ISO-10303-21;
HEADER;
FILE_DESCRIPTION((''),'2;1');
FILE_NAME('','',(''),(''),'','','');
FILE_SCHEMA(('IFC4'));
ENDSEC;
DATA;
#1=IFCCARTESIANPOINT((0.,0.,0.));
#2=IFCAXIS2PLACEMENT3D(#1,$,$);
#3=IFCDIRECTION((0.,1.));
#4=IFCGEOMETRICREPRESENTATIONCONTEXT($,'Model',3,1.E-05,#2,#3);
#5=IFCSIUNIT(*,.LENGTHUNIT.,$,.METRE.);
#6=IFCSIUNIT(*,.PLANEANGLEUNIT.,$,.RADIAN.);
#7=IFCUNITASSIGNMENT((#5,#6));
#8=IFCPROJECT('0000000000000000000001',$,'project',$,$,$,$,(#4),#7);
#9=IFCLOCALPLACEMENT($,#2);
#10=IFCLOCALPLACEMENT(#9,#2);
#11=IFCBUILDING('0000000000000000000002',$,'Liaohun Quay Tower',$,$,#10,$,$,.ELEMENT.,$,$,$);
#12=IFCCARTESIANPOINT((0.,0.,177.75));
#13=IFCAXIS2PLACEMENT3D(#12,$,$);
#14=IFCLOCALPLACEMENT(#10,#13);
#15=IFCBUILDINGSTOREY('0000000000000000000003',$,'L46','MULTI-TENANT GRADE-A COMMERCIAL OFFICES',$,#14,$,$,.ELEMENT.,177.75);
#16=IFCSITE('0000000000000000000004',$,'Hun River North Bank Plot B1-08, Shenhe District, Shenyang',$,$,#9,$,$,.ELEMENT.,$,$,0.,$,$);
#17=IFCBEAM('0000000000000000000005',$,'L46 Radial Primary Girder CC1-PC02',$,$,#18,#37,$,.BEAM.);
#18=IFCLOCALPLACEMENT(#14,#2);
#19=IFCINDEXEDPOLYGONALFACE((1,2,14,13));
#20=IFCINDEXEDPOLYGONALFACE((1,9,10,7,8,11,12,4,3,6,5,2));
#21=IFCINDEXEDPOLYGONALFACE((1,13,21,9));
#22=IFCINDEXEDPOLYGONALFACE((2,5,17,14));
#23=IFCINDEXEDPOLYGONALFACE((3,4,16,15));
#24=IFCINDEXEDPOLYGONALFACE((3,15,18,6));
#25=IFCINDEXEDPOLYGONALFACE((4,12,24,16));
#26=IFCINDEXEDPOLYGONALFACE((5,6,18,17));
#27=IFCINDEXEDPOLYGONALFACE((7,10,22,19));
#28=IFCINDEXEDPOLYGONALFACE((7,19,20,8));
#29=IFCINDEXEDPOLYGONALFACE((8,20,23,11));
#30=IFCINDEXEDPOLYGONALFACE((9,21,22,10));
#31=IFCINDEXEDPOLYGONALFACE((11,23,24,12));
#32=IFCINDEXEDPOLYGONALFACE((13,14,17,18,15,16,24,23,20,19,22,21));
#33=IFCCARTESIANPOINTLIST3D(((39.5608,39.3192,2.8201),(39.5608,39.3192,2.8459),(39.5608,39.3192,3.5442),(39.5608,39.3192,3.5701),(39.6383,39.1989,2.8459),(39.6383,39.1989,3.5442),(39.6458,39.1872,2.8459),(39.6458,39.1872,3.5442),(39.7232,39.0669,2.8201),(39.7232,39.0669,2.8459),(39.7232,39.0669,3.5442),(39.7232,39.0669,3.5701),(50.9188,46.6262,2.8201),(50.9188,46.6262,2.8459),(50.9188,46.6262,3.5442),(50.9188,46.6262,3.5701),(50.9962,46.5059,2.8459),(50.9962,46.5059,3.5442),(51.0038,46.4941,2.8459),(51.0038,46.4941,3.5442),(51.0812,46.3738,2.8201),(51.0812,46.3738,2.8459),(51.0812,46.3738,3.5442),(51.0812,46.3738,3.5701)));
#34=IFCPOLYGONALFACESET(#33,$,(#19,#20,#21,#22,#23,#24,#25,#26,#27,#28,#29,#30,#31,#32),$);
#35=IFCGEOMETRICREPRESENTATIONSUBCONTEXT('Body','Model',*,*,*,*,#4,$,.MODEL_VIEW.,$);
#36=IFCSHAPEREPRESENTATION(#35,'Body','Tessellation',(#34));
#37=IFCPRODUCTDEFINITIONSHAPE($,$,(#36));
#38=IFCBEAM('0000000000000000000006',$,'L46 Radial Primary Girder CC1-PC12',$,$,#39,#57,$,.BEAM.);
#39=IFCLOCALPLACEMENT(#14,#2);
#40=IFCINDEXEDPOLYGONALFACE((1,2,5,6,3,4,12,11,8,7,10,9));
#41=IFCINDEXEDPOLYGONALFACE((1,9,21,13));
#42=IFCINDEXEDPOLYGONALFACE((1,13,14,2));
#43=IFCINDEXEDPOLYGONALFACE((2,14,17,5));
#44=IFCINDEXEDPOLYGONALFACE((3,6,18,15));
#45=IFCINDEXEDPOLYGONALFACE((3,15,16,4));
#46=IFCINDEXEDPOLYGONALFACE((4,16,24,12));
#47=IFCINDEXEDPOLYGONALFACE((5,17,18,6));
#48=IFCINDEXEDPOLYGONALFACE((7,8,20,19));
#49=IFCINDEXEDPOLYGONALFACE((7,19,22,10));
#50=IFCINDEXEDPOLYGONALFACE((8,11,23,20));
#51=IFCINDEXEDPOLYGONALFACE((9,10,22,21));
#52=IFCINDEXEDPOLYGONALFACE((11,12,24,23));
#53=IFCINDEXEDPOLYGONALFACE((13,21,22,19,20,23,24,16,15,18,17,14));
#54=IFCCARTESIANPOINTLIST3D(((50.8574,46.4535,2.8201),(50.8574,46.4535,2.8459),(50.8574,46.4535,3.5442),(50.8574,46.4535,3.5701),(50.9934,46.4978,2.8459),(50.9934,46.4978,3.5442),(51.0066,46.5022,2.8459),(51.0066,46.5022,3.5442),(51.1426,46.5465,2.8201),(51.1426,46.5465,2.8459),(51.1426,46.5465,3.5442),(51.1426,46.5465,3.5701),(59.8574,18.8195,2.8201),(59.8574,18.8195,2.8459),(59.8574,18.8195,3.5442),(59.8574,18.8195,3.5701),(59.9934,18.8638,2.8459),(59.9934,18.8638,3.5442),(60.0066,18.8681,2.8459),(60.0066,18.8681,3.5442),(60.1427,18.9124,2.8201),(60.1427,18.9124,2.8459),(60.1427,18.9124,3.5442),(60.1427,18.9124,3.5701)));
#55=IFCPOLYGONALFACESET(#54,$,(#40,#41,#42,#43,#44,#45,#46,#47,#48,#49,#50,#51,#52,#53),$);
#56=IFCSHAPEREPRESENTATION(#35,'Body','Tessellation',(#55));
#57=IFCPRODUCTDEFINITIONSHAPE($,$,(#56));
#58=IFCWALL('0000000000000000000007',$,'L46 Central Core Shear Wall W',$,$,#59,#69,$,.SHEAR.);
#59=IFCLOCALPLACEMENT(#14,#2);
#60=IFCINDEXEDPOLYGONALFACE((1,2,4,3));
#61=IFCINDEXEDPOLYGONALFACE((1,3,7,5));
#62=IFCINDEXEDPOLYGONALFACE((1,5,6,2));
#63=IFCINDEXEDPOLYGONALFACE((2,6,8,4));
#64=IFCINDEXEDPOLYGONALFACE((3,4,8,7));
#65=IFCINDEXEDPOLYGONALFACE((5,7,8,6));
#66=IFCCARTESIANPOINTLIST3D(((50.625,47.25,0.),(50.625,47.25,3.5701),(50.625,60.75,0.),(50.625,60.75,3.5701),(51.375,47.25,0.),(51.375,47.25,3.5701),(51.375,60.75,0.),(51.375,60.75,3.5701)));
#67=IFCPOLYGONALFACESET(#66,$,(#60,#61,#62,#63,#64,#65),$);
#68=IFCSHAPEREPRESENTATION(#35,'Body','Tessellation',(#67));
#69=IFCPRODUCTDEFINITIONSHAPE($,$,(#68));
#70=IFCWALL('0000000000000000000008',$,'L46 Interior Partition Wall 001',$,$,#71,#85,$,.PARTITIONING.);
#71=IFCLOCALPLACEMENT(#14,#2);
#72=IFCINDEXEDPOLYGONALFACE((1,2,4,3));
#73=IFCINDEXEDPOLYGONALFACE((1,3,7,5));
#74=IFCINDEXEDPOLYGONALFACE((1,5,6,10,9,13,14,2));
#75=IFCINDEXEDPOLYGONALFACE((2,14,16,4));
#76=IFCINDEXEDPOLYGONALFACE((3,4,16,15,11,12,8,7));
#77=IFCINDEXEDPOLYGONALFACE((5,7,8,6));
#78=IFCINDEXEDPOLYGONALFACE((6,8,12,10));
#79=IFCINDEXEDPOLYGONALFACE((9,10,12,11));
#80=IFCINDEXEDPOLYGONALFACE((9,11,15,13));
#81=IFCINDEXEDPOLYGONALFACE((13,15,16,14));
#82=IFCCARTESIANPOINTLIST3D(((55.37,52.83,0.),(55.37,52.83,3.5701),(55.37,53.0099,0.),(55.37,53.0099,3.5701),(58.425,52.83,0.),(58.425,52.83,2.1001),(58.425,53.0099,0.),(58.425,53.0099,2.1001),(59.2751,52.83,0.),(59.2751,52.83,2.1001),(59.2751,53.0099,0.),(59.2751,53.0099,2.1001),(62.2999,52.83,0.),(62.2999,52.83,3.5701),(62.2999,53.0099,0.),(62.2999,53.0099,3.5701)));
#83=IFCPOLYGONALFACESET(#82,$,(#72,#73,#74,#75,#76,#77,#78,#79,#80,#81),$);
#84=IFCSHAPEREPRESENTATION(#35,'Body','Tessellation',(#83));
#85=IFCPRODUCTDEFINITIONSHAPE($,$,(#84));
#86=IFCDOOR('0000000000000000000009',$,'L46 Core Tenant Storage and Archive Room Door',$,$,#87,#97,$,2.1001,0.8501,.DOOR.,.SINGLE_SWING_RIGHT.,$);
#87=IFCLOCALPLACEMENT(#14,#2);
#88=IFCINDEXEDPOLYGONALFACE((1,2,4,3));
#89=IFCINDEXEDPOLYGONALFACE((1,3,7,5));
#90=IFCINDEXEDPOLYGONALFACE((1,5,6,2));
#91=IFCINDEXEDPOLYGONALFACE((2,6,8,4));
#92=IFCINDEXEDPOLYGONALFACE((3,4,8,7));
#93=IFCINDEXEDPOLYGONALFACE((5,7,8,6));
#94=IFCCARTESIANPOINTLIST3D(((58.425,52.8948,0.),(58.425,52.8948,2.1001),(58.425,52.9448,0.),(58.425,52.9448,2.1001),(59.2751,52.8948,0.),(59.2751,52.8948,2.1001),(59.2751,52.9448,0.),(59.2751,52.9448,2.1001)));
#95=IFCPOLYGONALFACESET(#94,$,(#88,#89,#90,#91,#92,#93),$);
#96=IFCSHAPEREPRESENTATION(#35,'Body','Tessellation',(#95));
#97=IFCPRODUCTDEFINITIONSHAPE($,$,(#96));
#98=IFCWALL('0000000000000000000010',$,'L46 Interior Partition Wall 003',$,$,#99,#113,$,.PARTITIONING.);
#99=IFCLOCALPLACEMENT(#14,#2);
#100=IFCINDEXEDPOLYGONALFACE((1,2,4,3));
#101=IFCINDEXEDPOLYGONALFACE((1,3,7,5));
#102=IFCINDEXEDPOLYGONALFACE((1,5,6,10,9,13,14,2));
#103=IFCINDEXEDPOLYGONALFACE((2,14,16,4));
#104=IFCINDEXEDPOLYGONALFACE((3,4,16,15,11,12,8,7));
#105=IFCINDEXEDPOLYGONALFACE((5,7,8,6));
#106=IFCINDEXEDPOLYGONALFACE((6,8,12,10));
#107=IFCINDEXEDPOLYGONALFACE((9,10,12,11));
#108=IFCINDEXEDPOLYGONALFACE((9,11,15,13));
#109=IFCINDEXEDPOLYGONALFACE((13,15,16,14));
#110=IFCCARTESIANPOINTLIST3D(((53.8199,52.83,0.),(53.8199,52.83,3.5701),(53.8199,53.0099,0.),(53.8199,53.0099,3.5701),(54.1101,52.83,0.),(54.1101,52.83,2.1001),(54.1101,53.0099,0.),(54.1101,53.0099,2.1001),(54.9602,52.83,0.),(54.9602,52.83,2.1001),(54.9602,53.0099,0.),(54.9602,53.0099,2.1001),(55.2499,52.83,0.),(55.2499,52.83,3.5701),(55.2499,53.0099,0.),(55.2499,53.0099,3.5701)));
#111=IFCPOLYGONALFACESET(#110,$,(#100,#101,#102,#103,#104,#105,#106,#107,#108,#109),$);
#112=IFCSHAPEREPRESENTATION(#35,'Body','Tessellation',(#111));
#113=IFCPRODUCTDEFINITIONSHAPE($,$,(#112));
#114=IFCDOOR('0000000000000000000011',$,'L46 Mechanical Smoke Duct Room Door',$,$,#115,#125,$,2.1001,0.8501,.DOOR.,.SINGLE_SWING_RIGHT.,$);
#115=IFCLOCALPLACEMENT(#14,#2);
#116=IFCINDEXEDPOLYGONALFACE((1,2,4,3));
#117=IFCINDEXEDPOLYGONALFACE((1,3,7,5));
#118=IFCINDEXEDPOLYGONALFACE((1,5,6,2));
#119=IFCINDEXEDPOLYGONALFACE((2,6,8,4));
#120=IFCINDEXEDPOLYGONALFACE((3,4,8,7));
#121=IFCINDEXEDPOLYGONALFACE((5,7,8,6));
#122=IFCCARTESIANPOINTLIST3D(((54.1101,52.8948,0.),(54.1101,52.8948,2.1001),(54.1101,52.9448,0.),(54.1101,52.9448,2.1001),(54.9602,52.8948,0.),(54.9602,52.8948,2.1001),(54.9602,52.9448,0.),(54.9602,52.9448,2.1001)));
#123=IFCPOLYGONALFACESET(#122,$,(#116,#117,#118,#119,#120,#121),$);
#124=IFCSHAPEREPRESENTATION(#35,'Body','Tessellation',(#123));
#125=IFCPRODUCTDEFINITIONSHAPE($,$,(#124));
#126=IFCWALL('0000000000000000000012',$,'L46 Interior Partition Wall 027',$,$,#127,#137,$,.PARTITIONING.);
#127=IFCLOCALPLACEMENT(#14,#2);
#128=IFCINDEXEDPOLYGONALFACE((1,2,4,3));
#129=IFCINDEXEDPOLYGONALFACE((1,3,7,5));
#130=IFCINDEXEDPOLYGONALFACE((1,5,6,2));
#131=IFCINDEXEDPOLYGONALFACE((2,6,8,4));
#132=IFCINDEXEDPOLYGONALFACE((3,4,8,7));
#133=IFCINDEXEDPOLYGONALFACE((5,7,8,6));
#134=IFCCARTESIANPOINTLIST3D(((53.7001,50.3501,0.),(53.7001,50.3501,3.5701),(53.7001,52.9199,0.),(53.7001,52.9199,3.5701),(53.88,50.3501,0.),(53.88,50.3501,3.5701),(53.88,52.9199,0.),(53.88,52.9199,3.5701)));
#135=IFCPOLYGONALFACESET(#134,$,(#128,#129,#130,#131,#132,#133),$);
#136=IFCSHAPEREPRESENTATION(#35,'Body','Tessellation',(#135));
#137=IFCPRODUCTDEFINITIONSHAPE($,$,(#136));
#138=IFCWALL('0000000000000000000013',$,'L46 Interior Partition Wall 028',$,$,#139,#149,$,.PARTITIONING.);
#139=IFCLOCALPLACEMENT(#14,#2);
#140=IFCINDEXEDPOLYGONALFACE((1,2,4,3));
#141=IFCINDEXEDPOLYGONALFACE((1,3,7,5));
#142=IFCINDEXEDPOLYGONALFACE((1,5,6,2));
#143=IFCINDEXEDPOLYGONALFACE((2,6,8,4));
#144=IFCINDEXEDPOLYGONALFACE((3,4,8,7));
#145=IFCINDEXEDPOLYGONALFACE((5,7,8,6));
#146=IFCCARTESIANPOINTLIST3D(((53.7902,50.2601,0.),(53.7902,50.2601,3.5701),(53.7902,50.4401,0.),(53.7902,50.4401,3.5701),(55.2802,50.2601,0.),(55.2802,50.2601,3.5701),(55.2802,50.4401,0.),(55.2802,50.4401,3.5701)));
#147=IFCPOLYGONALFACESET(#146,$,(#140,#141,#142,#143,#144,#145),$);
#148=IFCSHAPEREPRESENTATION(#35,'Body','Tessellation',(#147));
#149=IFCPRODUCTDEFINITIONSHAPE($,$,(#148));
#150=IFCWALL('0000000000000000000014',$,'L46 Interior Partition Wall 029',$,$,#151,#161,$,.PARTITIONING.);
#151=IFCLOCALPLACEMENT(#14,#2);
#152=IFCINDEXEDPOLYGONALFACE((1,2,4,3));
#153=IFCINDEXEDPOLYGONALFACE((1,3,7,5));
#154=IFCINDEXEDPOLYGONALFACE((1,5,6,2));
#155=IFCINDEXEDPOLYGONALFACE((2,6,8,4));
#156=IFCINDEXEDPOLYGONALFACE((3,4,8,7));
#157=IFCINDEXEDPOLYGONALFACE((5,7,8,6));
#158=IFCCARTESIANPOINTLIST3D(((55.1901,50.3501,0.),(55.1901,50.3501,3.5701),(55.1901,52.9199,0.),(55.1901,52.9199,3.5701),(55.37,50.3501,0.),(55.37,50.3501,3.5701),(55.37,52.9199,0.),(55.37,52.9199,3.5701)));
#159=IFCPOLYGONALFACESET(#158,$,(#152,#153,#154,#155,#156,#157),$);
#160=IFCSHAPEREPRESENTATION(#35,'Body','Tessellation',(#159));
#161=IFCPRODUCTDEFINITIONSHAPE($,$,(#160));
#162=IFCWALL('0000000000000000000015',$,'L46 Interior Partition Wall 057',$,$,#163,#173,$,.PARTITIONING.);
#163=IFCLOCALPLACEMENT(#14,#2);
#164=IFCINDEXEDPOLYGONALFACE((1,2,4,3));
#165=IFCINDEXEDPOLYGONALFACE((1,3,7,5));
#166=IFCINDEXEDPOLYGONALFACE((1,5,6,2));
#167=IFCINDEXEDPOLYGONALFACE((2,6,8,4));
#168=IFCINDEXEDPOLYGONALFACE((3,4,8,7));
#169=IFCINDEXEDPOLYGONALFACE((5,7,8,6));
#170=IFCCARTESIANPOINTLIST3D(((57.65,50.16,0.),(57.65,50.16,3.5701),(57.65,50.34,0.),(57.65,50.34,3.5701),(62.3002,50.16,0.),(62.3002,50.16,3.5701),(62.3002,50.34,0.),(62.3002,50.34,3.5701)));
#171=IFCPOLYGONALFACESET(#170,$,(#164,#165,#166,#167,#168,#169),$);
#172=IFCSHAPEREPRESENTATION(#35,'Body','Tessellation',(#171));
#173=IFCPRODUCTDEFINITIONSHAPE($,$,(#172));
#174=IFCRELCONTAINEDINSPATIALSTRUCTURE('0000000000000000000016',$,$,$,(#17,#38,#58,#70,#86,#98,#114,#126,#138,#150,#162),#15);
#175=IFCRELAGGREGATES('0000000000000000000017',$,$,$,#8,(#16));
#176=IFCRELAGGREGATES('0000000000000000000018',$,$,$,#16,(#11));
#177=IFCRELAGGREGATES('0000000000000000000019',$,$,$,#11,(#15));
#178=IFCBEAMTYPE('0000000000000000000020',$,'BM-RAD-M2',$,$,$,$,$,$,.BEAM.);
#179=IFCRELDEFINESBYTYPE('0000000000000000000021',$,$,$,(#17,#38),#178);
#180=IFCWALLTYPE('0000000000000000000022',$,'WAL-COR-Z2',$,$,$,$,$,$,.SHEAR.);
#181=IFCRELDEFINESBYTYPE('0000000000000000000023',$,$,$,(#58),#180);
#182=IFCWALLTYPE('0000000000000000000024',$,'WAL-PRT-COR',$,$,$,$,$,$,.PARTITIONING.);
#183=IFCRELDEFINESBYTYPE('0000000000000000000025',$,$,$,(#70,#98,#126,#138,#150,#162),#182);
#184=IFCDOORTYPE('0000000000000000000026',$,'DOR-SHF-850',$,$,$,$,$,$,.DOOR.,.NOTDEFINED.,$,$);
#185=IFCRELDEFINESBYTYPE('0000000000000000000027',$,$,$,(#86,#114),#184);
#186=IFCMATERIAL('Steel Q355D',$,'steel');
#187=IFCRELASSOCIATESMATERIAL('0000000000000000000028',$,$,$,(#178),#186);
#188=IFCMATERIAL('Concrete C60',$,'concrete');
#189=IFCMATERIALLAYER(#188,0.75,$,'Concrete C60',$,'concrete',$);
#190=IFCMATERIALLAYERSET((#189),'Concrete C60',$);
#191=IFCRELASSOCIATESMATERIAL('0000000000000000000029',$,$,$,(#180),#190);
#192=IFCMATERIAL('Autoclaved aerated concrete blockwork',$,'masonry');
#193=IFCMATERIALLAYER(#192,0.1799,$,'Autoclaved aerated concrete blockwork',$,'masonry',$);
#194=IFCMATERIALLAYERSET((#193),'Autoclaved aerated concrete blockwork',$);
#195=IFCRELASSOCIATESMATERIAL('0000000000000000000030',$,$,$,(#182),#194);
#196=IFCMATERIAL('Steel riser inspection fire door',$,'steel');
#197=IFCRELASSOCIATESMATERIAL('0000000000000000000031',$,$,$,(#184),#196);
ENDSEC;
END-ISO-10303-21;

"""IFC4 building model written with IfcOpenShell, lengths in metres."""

from ifc_helpers import new_model, si_unit, direction, frame, frame_2d, origin, origin_2d, place, context, subcontext, project, spatial, rectangle, i_section, extrude, source, transform, mapped, material, layer, layer_set, material_profile, profile_set, type_object, element, fill, save


model = new_model("IFC4")

# Units and contexts
model_context = context("Model", 3, precision=1e-05, world=origin(), true_north=direction((0.0, 1.0)))
body_context = subcontext(model_context, "Body", "Model", "MODEL_VIEW")
ifc_project = project(units=[si_unit("LENGTHUNIT", "METRE"), si_unit("PLANEANGLEUNIT", "RADIAN")], contexts=[model_context])

# Site, building, storey
site_placement = place(None, origin())
site = spatial("IfcSite", under=ifc_project, at=site_placement, Name="Hun River North Bank Plot B1-08, Shenhe District, Shenyang", CompositionType="ELEMENT", RefElevation=0.0)
building_placement = place(site_placement, origin())
building = spatial("IfcBuilding", under=site, at=building_placement, Name="Liaohun Quay Tower", CompositionType="ELEMENT")
storey_placement = place(building_placement, frame((0.0, 0.0, 177.75)))
storey = spatial("IfcBuildingStorey", under=building, at=storey_placement, Name="L46", Description="MULTI-TENANT GRADE-A COMMERCIAL OFFICES", CompositionType="ELEMENT", Elevation=177.75)

# Beams
ifc_material_1 = material(Name="Steel Q355D", Category="steel")
ifc_material_profile = material_profile(ifc_material_1, i_section(OverallWidth=0.3, OverallDepth=0.75, WebThickness=0.0139, FlangeThickness=0.0259, at=origin_2d()), Name="HN750x300x14x26")
ifc_profile_set = profile_set([ifc_material_profile], Name="Steel Q355D")
beam_type = type_object("IfcBeamType", Name="BM-RAD-M2", PredefinedType="BEAM", material=ifc_profile_set)
shared_shape_1 = source(origin(), body_context, "Body", "SweptSolid", [
    extrude(i_section(OverallWidth=0.3, OverallDepth=0.75, WebThickness=0.0139, FlangeThickness=0.0259, at=origin_2d()), origin(), (0.0, 0.0, 1.0), 13.5054),
])
beam_1_placement = place(storey_placement, frame((51.0, 46.5, 3.1951), z_axis=(-0.840998, -0.541039, 0.0), x_axis=(0.541039, -0.840998, 0.0)))
element("IfcBeam", 1, at=beam_1_placement, inside=storey, type_object=beam_type, Name="L46 Radial Primary Girder CC1-PC02", PredefinedType="BEAM", context=body_context, shape_type="MappedRepresentation", body=[
    mapped(shared_shape_1, transform((0.0, 0.0, 0.0), x_axis=(1.0, 0.0, 0.0), y_axis=(0.0, 1.0, 0.0), z_axis=(0.0, 0.0, 1.0), scale=1.0)),
])
shared_shape_2 = source(origin(), body_context, "Body", "SweptSolid", [
    extrude(i_section(OverallWidth=0.3, OverallDepth=0.75, WebThickness=0.0139, FlangeThickness=0.0259, at=origin_2d()), origin(), (0.0, 0.0, 1.0), 29.0627),
])
beam_2_placement = place(storey_placement, frame((51.0, 46.5, 3.1951), z_axis=(0.309675, -0.950842, 0.0), x_axis=(0.950842, 0.309675, 0.0)))
element("IfcBeam", 2, at=beam_2_placement, inside=storey, type_object=beam_type, Name="L46 Radial Primary Girder CC1-PC12", PredefinedType="BEAM", context=body_context, shape_type="MappedRepresentation", body=[
    mapped(shared_shape_2, transform((0.0, 0.0, 0.0), x_axis=(1.0, 0.0, 0.0), y_axis=(0.0, 1.0, 0.0), z_axis=(0.0, 0.0, 1.0), scale=1.0)),
])

# Wall
ifc_material_2 = material(Name="Concrete C60", Category="concrete")
ifc_layer_1 = layer(ifc_material_2, 0.75, Name="Concrete C60", Category="concrete")
ifc_layer_set_1 = layer_set([ifc_layer_1], Name="Concrete C60")
wall_type_1 = type_object("IfcWallType", Name="WAL-COR-Z2", PredefinedType="SHEAR", material=ifc_layer_set_1)
wall_1_placement = place(storey_placement, frame((51.0, 47.25, 0.0), z_axis=(0.0, 0.0, 1.0), x_axis=(0.0, 1.0, 0.0)))
element("IfcWall", 3, at=wall_1_placement, inside=storey, type_object=wall_type_1, Name="L46 Central Core Shear Wall W", PredefinedType="SHEAR", context=body_context, shape_type="SweptSolid", body=[
    extrude(rectangle(XDim=13.5, YDim=0.75, at=frame_2d((6.75, 0.0))), origin(), (0.0, 0.0, 1.0), 3.5701),
])

# Walls, openings, doors
ifc_material_3 = material(Name="Autoclaved aerated concrete blockwork", Category="masonry")
ifc_layer_2 = layer(ifc_material_3, 0.1799, Name="Autoclaved aerated concrete blockwork", Category="masonry")
ifc_layer_set_2 = layer_set([ifc_layer_2], Name="Autoclaved aerated concrete blockwork")
wall_type_2 = type_object("IfcWallType", Name="WAL-PRT-COR", PredefinedType="PARTITIONING", material=ifc_layer_set_2)
wall_2_placement = place(storey_placement, frame((55.3701, 52.9199, 0.0), z_axis=(0.0, 0.0, 1.0), x_axis=(1.0, 0.0, 0.0)))
wall_2 = element("IfcWall", 4, at=wall_2_placement, inside=storey, type_object=wall_type_2, Name="L46 Interior Partition Wall 001", PredefinedType="PARTITIONING", context=body_context, shape_type="SweptSolid", body=[
    extrude(rectangle(XDim=6.9299, YDim=0.1799, at=frame_2d((3.4648, 0.0))), origin(), (0.0, 0.0, 1.0), 3.5701),
])
shared_shape_3 = source(origin(), body_context, "Body", "SweptSolid", [
    extrude(rectangle(XDim=0.8501, YDim=2.1001, at=frame_2d((0.425, 1.05))), frame((0.0, 0.0999, 0.0), z_axis=(0.0, -1.0, 0.0), x_axis=(1.0, 0.0, 0.0)), (0.0, 0.0, 1.0), 0.2),
])
opening_1_placement = place(wall_2_placement, frame((3.0549, 0.0, 0.0)))
opening_1 = element("IfcOpeningElement", 5, at=opening_1_placement, cuts=wall_2, PredefinedType="OPENING", context=body_context, shape_type="MappedRepresentation", body=[
    mapped(shared_shape_3, transform((0.0, 0.0, 0.0), x_axis=(1.0, 0.0, 0.0), y_axis=(0.0, 1.0, 0.0), z_axis=(0.0, 0.0, 1.0), scale=1.0)),
])
ifc_material_4 = material(Name="Steel riser inspection fire door", Category="steel")
door_type_1 = type_object("IfcDoorType", Name="DOR-SHF-850", OperationType="NOTDEFINED", PredefinedType="DOOR", material=ifc_material_4)
shared_shape_4 = source(origin(), body_context, "Body", "SweptSolid", [
    extrude(rectangle(XDim=0.8501, YDim=2.1001, at=frame_2d((0.425, 1.05))), frame((0.0, 0.0249, 0.0), z_axis=(0.0, -1.0, 0.0), x_axis=(1.0, 0.0, 0.0)), (0.0, 0.0, 1.0), 0.05),
])
door_1_placement = place(opening_1_placement, origin())
door_1 = element("IfcDoor", 6, at=door_1_placement, inside=storey, type_object=door_type_1, Name="L46 Core Tenant Storage and Archive Room Door", OperationType="SINGLE_SWING_RIGHT", OverallHeight=2.1001, OverallWidth=0.8501, PredefinedType="DOOR", context=body_context, shape_type="MappedRepresentation", body=[
    mapped(shared_shape_4, transform((0.0, 0.0, 0.0), x_axis=(1.0, 0.0, 0.0), y_axis=(0.0, 1.0, 0.0), z_axis=(0.0, 0.0, 1.0), scale=1.0)),
])
fill(opening_1, door_1)
wall_3_placement = place(storey_placement, frame((53.8201, 52.9199, 0.0), z_axis=(0.0, 0.0, 1.0), x_axis=(1.0, 0.0, 0.0)))
wall_3 = element("IfcWall", 7, at=wall_3_placement, inside=storey, type_object=wall_type_2, Name="L46 Interior Partition Wall 003", PredefinedType="PARTITIONING", context=body_context, shape_type="SweptSolid", body=[
    extrude(rectangle(XDim=1.4299, YDim=0.1799, at=frame_2d((0.7148, 0.0))), origin(), (0.0, 0.0, 1.0), 3.5701),
])
opening_2_placement = place(wall_3_placement, frame((0.29, 0.0, 0.0)))
opening_2 = element("IfcOpeningElement", 8, at=opening_2_placement, cuts=wall_3, PredefinedType="OPENING", context=body_context, shape_type="MappedRepresentation", body=[
    mapped(shared_shape_3, transform((0.0, 0.0, 0.0), x_axis=(1.0, 0.0, 0.0), y_axis=(0.0, 1.0, 0.0), z_axis=(0.0, 0.0, 1.0), scale=1.0)),
])
door_2_placement = place(opening_2_placement, origin())
door_2 = element("IfcDoor", 9, at=door_2_placement, inside=storey, type_object=door_type_1, Name="L46 Mechanical Smoke Duct Room Door", OperationType="SINGLE_SWING_RIGHT", OverallHeight=2.1001, OverallWidth=0.8501, PredefinedType="DOOR", context=body_context, shape_type="MappedRepresentation", body=[
    mapped(shared_shape_4, transform((0.0, 0.0, 0.0), x_axis=(1.0, 0.0, 0.0), y_axis=(0.0, 1.0, 0.0), z_axis=(0.0, 0.0, 1.0), scale=1.0)),
])
fill(opening_2, door_2)

# Walls
wall_4_placement = place(storey_placement, frame((53.79, 50.3501, 0.0), z_axis=(0.0, 0.0, 1.0), x_axis=(0.0, 1.0, 0.0)))
element("IfcWall", 10, at=wall_4_placement, inside=storey, type_object=wall_type_2, Name="L46 Interior Partition Wall 027", PredefinedType="PARTITIONING", context=body_context, shape_type="SweptSolid", body=[
    extrude(rectangle(XDim=2.5698, YDim=0.1799, at=frame_2d((1.2849, 0.0))), origin(), (0.0, 0.0, 1.0), 3.5701),
])
wall_5_placement = place(storey_placement, frame((53.79, 50.3501, 0.0), z_axis=(0.0, 0.0, 1.0), x_axis=(1.0, 0.0, 0.0)))
element("IfcWall", 11, at=wall_5_placement, inside=storey, type_object=wall_type_2, Name="L46 Interior Partition Wall 028", PredefinedType="PARTITIONING", context=body_context, shape_type="SweptSolid", body=[
    extrude(rectangle(XDim=1.49, YDim=0.1799, at=frame_2d((0.7451, 0.0))), origin(), (0.0, 0.0, 1.0), 3.5701),
])
wall_6_placement = place(storey_placement, frame((55.28, 50.3501, 0.0), z_axis=(0.0, 0.0, 1.0), x_axis=(0.0, 1.0, 0.0)))
element("IfcWall", 12, at=wall_6_placement, inside=storey, type_object=wall_type_2, Name="L46 Interior Partition Wall 029", PredefinedType="PARTITIONING", context=body_context, shape_type="SweptSolid", body=[
    extrude(rectangle(XDim=2.5698, YDim=0.1799, at=frame_2d((1.2849, 0.0))), origin(), (0.0, 0.0, 1.0), 3.5701),
])
wall_7_placement = place(storey_placement, frame((57.6499, 50.25, 0.0), z_axis=(0.0, 0.0, 1.0), x_axis=(1.0, 0.0, 0.0)))
element("IfcWall", 13, at=wall_7_placement, inside=storey, type_object=wall_type_2, Name="L46 Interior Partition Wall 057", PredefinedType="PARTITIONING", context=body_context, shape_type="SweptSolid", body=[
    extrude(rectangle(XDim=4.6501, YDim=0.1799, at=frame_2d((2.3252, 0.0))), origin(), (0.0, 0.0, 1.0), 3.5701),
])

save(model, "model.ifc")
